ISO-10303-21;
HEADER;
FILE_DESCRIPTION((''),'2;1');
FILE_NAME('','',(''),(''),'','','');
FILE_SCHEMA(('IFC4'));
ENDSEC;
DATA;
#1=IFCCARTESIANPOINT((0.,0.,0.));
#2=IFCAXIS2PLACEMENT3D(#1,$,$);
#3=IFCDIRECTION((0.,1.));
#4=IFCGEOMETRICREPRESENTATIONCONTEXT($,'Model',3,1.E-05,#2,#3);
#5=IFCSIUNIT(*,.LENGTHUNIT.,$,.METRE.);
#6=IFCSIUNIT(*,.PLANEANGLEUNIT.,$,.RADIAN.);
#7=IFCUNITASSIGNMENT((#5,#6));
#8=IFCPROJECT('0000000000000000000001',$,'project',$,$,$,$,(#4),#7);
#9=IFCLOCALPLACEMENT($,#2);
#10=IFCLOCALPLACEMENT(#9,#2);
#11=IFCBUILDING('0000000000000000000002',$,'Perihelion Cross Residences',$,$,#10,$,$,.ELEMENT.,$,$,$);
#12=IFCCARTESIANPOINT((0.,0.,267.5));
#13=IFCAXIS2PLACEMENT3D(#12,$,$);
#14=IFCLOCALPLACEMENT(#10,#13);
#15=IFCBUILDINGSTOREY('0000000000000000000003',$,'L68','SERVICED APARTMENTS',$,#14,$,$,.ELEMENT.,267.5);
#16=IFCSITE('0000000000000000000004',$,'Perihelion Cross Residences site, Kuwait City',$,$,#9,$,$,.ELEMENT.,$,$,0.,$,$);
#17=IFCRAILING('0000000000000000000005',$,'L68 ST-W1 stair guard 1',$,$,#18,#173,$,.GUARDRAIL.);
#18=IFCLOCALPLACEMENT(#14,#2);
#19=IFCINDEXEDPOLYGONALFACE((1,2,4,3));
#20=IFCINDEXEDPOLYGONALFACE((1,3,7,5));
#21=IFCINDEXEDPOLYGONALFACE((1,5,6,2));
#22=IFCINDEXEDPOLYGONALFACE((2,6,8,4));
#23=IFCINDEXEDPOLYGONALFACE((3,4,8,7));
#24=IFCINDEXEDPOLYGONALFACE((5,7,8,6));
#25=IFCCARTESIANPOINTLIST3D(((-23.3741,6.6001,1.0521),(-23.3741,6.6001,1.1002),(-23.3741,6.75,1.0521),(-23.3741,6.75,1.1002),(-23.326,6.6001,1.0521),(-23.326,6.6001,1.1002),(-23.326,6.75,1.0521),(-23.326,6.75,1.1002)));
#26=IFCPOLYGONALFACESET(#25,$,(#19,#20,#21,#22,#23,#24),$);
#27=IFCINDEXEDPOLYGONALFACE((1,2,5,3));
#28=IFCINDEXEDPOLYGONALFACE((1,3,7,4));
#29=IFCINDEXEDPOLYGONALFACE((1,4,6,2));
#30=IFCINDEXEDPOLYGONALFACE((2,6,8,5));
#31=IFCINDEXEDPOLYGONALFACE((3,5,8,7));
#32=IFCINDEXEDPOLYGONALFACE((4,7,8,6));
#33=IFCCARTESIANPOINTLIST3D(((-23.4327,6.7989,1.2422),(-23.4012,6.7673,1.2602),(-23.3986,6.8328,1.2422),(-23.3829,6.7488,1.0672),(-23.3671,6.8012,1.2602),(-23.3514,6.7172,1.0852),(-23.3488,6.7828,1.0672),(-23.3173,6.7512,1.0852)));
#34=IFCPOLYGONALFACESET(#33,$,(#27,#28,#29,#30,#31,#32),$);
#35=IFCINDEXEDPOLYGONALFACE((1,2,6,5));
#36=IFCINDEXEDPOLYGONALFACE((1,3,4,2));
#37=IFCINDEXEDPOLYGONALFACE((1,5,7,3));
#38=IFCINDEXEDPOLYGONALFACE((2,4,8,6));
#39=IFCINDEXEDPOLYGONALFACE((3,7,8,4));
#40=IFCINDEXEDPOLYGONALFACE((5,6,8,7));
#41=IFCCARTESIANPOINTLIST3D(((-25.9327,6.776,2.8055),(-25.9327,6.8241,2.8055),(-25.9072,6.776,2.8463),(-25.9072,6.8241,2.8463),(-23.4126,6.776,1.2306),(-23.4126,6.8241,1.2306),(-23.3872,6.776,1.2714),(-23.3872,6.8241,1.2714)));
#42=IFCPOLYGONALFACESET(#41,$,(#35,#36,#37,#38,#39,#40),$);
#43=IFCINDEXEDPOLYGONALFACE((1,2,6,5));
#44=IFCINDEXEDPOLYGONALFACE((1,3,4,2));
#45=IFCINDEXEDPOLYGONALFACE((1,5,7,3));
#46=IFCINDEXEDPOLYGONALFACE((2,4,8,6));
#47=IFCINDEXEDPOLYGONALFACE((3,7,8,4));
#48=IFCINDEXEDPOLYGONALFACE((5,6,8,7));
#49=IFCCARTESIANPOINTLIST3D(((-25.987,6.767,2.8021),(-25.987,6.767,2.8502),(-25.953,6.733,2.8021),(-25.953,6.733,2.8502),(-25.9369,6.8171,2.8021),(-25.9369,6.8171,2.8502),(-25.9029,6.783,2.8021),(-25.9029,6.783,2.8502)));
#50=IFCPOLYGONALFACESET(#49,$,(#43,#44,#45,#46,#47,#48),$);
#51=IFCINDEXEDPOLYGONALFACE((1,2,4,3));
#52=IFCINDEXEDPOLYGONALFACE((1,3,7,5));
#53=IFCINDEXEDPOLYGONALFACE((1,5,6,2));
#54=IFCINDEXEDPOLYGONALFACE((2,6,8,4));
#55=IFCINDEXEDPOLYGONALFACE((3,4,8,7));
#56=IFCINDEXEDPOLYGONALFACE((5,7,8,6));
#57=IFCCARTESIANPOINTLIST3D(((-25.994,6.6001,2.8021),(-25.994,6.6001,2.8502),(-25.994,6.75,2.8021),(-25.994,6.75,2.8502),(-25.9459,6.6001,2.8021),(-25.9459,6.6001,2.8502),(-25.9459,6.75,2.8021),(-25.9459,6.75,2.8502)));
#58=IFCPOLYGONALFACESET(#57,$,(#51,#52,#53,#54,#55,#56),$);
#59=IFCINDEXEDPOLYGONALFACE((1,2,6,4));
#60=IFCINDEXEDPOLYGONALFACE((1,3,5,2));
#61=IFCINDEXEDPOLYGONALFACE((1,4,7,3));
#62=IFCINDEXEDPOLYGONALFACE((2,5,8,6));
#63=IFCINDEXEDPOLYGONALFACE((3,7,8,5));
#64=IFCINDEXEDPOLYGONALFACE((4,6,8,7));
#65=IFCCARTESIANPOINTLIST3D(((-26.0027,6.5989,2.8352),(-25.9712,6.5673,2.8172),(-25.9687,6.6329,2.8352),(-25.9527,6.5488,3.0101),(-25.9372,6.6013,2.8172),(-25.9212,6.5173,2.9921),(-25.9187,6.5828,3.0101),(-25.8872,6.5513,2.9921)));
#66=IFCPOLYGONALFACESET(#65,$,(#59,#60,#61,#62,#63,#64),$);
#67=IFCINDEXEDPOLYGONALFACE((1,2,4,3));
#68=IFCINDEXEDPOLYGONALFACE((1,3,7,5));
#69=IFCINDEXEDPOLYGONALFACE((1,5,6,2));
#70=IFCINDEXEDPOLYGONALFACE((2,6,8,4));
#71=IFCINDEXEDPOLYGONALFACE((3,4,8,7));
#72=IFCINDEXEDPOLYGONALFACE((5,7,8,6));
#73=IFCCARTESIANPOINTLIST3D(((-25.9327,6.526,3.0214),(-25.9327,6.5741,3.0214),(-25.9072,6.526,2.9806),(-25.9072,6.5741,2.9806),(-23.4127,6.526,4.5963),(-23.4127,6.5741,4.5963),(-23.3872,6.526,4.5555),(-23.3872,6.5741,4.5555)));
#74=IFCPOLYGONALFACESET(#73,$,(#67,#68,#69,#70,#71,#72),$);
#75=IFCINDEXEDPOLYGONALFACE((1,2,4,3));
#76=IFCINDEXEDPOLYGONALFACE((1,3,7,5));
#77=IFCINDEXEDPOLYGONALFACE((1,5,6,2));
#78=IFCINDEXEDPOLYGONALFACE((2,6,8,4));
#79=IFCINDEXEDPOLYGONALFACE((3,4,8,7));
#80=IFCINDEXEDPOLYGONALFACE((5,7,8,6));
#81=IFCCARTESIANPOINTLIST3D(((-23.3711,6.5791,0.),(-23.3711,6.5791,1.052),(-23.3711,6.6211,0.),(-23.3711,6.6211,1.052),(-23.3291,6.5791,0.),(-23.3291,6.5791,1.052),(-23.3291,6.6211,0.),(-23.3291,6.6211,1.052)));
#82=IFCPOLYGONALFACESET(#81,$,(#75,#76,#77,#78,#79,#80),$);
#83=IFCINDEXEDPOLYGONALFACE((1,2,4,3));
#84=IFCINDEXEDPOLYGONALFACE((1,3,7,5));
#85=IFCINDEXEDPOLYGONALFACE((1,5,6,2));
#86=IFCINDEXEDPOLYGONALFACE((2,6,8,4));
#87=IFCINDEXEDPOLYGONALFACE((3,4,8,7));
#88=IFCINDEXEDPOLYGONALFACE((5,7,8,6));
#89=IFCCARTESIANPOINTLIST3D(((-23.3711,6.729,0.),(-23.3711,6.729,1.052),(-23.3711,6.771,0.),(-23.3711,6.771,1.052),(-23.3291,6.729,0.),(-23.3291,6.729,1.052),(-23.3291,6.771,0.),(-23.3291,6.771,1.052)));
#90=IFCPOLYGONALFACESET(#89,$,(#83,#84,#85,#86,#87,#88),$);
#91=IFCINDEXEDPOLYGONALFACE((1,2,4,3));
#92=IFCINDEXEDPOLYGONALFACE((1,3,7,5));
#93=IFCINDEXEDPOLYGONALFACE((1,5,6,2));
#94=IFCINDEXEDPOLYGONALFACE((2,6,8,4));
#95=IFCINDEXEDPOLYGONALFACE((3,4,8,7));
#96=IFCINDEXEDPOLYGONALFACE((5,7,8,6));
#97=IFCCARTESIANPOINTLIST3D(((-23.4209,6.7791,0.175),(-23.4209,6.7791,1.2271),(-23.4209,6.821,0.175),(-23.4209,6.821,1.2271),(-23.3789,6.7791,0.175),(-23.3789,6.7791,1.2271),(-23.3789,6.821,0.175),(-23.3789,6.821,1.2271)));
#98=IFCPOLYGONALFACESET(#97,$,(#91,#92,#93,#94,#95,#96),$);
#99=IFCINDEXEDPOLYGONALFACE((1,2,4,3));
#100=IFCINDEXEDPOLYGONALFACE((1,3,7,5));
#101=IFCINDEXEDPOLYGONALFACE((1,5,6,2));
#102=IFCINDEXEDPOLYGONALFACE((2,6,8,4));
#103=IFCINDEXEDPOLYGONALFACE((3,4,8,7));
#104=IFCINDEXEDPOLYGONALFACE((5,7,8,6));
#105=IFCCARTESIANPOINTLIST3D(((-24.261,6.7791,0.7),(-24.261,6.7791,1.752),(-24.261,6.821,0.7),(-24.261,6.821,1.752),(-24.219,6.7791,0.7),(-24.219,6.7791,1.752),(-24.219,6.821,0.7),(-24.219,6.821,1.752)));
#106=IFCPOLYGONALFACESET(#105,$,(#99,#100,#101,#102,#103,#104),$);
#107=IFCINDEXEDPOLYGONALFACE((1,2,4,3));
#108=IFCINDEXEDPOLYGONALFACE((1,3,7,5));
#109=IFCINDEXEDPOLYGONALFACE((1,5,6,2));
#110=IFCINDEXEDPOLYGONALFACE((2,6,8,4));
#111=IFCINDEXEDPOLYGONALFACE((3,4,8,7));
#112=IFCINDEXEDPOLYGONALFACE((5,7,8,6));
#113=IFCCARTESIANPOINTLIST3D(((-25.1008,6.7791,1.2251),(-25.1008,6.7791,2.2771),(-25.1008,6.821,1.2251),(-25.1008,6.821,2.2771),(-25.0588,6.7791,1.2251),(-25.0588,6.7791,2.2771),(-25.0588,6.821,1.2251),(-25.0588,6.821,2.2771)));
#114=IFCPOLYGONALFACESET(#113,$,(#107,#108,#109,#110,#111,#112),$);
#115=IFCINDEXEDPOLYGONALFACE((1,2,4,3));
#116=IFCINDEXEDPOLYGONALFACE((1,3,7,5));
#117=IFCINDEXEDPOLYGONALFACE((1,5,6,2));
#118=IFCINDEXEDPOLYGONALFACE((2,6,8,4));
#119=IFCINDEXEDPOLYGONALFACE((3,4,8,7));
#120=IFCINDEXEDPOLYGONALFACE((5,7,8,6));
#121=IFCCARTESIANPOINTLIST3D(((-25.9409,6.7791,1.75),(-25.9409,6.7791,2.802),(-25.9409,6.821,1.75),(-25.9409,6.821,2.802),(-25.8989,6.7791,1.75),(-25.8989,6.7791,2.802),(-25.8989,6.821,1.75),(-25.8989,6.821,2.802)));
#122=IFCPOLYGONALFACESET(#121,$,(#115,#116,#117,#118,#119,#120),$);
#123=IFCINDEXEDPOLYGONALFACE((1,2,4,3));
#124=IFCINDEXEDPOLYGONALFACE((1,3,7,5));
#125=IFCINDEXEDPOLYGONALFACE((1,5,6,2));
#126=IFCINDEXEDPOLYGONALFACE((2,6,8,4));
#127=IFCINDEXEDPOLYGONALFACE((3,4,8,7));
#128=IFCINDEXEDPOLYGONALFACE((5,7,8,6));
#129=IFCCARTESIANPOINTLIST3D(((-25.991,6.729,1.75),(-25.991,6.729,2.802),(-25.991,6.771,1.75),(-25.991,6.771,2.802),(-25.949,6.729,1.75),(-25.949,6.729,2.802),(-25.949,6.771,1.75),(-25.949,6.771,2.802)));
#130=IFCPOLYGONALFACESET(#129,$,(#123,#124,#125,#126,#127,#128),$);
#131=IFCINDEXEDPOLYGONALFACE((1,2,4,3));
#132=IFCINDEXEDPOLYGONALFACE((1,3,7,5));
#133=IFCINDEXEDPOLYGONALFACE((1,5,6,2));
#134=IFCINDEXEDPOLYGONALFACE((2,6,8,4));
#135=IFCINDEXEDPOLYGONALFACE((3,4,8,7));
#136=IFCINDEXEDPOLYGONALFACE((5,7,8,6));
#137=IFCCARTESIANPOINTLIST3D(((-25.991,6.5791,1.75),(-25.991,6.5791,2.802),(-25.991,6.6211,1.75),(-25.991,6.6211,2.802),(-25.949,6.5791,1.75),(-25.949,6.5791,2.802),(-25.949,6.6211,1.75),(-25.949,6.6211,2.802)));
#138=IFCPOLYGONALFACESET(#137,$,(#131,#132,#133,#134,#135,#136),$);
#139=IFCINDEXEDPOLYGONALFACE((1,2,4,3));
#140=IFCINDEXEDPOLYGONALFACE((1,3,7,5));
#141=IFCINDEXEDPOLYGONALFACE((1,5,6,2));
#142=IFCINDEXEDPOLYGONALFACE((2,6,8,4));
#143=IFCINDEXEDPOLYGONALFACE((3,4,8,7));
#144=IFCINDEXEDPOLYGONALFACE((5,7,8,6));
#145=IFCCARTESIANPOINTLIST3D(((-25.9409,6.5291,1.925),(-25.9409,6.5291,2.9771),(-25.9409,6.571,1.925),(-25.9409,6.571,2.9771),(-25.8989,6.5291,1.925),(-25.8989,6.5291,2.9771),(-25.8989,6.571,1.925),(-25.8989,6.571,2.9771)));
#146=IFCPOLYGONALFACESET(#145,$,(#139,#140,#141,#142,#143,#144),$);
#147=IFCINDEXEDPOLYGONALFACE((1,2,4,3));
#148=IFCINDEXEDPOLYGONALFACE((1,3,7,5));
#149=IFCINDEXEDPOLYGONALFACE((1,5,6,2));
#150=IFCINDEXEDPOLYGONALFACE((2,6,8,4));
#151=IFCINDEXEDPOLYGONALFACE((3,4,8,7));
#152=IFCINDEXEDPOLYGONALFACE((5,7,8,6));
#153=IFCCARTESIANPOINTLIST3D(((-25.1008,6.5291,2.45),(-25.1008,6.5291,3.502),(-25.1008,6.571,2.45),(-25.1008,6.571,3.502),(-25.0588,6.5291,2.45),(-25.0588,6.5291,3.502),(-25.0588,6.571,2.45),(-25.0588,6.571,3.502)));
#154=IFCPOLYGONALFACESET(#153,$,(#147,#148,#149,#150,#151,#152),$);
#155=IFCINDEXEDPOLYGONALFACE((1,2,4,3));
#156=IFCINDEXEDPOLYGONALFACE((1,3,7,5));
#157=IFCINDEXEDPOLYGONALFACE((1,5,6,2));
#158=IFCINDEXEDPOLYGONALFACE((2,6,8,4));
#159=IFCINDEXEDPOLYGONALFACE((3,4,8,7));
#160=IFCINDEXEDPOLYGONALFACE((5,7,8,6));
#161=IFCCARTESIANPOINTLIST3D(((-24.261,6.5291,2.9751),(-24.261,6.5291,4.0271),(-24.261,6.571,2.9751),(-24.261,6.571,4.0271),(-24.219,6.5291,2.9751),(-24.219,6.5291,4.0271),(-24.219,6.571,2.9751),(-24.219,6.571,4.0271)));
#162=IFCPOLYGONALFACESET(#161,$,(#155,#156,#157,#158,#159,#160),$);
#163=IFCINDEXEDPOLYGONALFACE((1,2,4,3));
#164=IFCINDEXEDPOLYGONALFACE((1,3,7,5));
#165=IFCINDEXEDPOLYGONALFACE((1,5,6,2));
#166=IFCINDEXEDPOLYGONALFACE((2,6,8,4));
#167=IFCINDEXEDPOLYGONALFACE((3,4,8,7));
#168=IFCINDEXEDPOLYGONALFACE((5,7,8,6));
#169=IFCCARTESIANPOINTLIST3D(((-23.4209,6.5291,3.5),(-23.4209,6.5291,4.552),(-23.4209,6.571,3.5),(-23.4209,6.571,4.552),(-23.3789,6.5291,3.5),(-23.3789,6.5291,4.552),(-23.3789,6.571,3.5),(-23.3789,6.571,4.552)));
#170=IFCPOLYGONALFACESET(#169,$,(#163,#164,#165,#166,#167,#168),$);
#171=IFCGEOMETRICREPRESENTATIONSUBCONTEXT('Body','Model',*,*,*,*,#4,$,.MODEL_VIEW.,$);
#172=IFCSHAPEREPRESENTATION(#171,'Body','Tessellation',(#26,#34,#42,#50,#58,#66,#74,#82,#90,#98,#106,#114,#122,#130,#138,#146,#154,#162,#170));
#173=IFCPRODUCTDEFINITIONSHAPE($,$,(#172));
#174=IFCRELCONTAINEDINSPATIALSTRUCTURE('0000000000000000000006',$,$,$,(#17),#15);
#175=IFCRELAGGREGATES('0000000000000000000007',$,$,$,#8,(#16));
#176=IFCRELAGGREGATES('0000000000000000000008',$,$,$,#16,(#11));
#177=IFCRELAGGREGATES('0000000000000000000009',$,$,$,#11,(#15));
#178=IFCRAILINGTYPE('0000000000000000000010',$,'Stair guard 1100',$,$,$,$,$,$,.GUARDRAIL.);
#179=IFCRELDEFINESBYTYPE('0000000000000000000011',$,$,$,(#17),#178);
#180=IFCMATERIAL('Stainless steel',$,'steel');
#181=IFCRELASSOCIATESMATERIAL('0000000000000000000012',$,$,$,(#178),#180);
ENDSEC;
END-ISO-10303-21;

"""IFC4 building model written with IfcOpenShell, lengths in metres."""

from ifc_helpers import new_model, si_unit, direction, frame, origin, origin_2d, place, context, subcontext, project, spatial, rectangle, extrude, material, type_object, element, save


model = new_model("IFC4")

# Units and contexts
model_context = context("Model", 3, precision=1e-05, world=origin(), true_north=direction((0.0, 1.0)))
body_context = subcontext(model_context, "Body", "Model", "MODEL_VIEW")
ifc_project = project(units=[si_unit("LENGTHUNIT", "METRE"), si_unit("PLANEANGLEUNIT", "RADIAN")], contexts=[model_context])

# Site, building, storey
site_placement = place(None, origin())
site = spatial("IfcSite", under=ifc_project, at=site_placement, Name="Perihelion Cross Residences site, Kuwait City", CompositionType="ELEMENT", RefElevation=0.0)
building_placement = place(site_placement, origin())
building = spatial("IfcBuilding", under=site, at=building_placement, Name="Perihelion Cross Residences", CompositionType="ELEMENT")
storey_placement = place(building_placement, frame((0.0, 0.0, 267.5)))
storey = spatial("IfcBuildingStorey", under=building, at=storey_placement, Name="L68", Description="SERVICED APARTMENTS", CompositionType="ELEMENT", Elevation=267.5)

# Railing
ifc_material_1 = material(Name="Stainless steel", Category="steel")
railing_type_1 = type_object("IfcRailingType", Name="Stair guard 1100", PredefinedType="GUARDRAIL", material=ifc_material_1)
railing_1_placement = place(storey_placement, frame((-23.3501, 6.6001, 0.0)))
element("IfcRailing", 1, at=railing_1_placement, inside=storey, type_object=railing_type_1, Name="L68 ST-W1 stair guard 1", PredefinedType="GUARDRAIL", context=body_context, shape_type="SweptSolid", body=[
    extrude(rectangle(XDim=0.0481, YDim=0.0481, at=origin_2d()), frame((0.0, 0.0, 1.0762), z_axis=(0.0, 1.0, 0.0), x_axis=(-1.0, 0.0, 0.0)), (0.0, 0.0, 1.0), 0.1499),
    extrude(rectangle(XDim=0.0481, YDim=0.0481, at=origin_2d()), frame((0.0, 0.1499, 1.0762), z_axis=(-0.263862, 0.265156, 0.927399), x_axis=(-0.708834, -0.705376, 0.0)), (0.0, 0.0, 1.0), 0.1887),
    extrude(rectangle(XDim=0.0481, YDim=0.0481, at=origin_2d()), frame((-0.0498, 0.2, 1.251), z_axis=(-0.848008, 0.0, 0.529984), x_axis=(0.0, -1.0, 0.0)), (0.0, 0.0, 1.0), 2.9717),
    extrude(rectangle(XDim=0.0481, YDim=0.0481, at=origin_2d()), frame((-2.5698, 0.2, 2.8262), z_axis=(-0.707107, -0.707107, 0.0), x_axis=(0.707107, -0.707107, 0.0)), (0.0, 0.0, 1.0), 0.0708),
    extrude(rectangle(XDim=0.0481, YDim=0.0481, at=origin_2d()), frame((-2.6199, 0.1499, 2.8262), z_axis=(0.0, -1.0, 0.0), x_axis=(1.0, 0.0, 0.0)), (0.0, 0.0, 1.0), 0.1499),
    extrude(rectangle(XDim=0.0481, YDim=0.0481, at=origin_2d()), frame((-2.6199, 0.0, 2.8262), z_axis=(0.265065, -0.265065, 0.927082), x_axis=(0.707107, 0.707107, 0.0)), (0.0, 0.0, 1.0), 0.1887),
    extrude(rectangle(XDim=0.0481, YDim=0.0481, at=origin_2d()), frame((-2.5698, -0.05, 3.001), z_axis=(0.848008, 0.0, 0.529984), x_axis=(0.0, 1.0, 0.0)), (0.0, 0.0, 1.0), 2.9717),
    extrude(rectangle(XDim=0.042, YDim=0.042, at=origin_2d()), origin(), (0.0, 0.0, 1.0), 1.052),
    extrude(rectangle(XDim=0.042, YDim=0.042, at=origin_2d()), frame((0.0, 0.1499, 0.0)), (0.0, 0.0, 1.0), 1.052),
    extrude(rectangle(XDim=0.042, YDim=0.042, at=origin_2d()), frame((-0.0498, 0.2, 0.175)), (0.0, 0.0, 1.0), 1.052),
    extrude(rectangle(XDim=0.042, YDim=0.042, at=origin_2d()), frame((-0.8899, 0.2, 0.7)), (0.0, 0.0, 1.0), 1.052),
    extrude(rectangle(XDim=0.042, YDim=0.042, at=origin_2d()), frame((-1.7297, 0.2, 1.2251)), (0.0, 0.0, 1.0), 1.052),
    extrude(rectangle(XDim=0.042, YDim=0.042, at=origin_2d()), frame((-2.5698, 0.2, 1.75)), (0.0, 0.0, 1.0), 1.052),
    extrude(rectangle(XDim=0.042, YDim=0.042, at=origin_2d()), frame((-2.6199, 0.1499, 1.75)), (0.0, 0.0, 1.0), 1.052),
    extrude(rectangle(XDim=0.042, YDim=0.042, at=origin_2d()), frame((-2.6199, 0.0, 1.75)), (0.0, 0.0, 1.0), 1.052),
    extrude(rectangle(XDim=0.042, YDim=0.042, at=origin_2d()), frame((-2.5698, -0.05, 1.925)), (0.0, 0.0, 1.0), 1.052),
    extrude(rectangle(XDim=0.042, YDim=0.042, at=origin_2d()), frame((-1.7297, -0.05, 2.45)), (0.0, 0.0, 1.0), 1.052),
    extrude(rectangle(XDim=0.042, YDim=0.042, at=origin_2d()), frame((-0.8899, -0.05, 2.9751)), (0.0, 0.0, 1.0), 1.052),
    extrude(rectangle(XDim=0.042, YDim=0.042, at=origin_2d()), frame((-0.0498, -0.05, 3.5)), (0.0, 0.0, 1.0), 1.052),
])

save(model, "model.ifc")
